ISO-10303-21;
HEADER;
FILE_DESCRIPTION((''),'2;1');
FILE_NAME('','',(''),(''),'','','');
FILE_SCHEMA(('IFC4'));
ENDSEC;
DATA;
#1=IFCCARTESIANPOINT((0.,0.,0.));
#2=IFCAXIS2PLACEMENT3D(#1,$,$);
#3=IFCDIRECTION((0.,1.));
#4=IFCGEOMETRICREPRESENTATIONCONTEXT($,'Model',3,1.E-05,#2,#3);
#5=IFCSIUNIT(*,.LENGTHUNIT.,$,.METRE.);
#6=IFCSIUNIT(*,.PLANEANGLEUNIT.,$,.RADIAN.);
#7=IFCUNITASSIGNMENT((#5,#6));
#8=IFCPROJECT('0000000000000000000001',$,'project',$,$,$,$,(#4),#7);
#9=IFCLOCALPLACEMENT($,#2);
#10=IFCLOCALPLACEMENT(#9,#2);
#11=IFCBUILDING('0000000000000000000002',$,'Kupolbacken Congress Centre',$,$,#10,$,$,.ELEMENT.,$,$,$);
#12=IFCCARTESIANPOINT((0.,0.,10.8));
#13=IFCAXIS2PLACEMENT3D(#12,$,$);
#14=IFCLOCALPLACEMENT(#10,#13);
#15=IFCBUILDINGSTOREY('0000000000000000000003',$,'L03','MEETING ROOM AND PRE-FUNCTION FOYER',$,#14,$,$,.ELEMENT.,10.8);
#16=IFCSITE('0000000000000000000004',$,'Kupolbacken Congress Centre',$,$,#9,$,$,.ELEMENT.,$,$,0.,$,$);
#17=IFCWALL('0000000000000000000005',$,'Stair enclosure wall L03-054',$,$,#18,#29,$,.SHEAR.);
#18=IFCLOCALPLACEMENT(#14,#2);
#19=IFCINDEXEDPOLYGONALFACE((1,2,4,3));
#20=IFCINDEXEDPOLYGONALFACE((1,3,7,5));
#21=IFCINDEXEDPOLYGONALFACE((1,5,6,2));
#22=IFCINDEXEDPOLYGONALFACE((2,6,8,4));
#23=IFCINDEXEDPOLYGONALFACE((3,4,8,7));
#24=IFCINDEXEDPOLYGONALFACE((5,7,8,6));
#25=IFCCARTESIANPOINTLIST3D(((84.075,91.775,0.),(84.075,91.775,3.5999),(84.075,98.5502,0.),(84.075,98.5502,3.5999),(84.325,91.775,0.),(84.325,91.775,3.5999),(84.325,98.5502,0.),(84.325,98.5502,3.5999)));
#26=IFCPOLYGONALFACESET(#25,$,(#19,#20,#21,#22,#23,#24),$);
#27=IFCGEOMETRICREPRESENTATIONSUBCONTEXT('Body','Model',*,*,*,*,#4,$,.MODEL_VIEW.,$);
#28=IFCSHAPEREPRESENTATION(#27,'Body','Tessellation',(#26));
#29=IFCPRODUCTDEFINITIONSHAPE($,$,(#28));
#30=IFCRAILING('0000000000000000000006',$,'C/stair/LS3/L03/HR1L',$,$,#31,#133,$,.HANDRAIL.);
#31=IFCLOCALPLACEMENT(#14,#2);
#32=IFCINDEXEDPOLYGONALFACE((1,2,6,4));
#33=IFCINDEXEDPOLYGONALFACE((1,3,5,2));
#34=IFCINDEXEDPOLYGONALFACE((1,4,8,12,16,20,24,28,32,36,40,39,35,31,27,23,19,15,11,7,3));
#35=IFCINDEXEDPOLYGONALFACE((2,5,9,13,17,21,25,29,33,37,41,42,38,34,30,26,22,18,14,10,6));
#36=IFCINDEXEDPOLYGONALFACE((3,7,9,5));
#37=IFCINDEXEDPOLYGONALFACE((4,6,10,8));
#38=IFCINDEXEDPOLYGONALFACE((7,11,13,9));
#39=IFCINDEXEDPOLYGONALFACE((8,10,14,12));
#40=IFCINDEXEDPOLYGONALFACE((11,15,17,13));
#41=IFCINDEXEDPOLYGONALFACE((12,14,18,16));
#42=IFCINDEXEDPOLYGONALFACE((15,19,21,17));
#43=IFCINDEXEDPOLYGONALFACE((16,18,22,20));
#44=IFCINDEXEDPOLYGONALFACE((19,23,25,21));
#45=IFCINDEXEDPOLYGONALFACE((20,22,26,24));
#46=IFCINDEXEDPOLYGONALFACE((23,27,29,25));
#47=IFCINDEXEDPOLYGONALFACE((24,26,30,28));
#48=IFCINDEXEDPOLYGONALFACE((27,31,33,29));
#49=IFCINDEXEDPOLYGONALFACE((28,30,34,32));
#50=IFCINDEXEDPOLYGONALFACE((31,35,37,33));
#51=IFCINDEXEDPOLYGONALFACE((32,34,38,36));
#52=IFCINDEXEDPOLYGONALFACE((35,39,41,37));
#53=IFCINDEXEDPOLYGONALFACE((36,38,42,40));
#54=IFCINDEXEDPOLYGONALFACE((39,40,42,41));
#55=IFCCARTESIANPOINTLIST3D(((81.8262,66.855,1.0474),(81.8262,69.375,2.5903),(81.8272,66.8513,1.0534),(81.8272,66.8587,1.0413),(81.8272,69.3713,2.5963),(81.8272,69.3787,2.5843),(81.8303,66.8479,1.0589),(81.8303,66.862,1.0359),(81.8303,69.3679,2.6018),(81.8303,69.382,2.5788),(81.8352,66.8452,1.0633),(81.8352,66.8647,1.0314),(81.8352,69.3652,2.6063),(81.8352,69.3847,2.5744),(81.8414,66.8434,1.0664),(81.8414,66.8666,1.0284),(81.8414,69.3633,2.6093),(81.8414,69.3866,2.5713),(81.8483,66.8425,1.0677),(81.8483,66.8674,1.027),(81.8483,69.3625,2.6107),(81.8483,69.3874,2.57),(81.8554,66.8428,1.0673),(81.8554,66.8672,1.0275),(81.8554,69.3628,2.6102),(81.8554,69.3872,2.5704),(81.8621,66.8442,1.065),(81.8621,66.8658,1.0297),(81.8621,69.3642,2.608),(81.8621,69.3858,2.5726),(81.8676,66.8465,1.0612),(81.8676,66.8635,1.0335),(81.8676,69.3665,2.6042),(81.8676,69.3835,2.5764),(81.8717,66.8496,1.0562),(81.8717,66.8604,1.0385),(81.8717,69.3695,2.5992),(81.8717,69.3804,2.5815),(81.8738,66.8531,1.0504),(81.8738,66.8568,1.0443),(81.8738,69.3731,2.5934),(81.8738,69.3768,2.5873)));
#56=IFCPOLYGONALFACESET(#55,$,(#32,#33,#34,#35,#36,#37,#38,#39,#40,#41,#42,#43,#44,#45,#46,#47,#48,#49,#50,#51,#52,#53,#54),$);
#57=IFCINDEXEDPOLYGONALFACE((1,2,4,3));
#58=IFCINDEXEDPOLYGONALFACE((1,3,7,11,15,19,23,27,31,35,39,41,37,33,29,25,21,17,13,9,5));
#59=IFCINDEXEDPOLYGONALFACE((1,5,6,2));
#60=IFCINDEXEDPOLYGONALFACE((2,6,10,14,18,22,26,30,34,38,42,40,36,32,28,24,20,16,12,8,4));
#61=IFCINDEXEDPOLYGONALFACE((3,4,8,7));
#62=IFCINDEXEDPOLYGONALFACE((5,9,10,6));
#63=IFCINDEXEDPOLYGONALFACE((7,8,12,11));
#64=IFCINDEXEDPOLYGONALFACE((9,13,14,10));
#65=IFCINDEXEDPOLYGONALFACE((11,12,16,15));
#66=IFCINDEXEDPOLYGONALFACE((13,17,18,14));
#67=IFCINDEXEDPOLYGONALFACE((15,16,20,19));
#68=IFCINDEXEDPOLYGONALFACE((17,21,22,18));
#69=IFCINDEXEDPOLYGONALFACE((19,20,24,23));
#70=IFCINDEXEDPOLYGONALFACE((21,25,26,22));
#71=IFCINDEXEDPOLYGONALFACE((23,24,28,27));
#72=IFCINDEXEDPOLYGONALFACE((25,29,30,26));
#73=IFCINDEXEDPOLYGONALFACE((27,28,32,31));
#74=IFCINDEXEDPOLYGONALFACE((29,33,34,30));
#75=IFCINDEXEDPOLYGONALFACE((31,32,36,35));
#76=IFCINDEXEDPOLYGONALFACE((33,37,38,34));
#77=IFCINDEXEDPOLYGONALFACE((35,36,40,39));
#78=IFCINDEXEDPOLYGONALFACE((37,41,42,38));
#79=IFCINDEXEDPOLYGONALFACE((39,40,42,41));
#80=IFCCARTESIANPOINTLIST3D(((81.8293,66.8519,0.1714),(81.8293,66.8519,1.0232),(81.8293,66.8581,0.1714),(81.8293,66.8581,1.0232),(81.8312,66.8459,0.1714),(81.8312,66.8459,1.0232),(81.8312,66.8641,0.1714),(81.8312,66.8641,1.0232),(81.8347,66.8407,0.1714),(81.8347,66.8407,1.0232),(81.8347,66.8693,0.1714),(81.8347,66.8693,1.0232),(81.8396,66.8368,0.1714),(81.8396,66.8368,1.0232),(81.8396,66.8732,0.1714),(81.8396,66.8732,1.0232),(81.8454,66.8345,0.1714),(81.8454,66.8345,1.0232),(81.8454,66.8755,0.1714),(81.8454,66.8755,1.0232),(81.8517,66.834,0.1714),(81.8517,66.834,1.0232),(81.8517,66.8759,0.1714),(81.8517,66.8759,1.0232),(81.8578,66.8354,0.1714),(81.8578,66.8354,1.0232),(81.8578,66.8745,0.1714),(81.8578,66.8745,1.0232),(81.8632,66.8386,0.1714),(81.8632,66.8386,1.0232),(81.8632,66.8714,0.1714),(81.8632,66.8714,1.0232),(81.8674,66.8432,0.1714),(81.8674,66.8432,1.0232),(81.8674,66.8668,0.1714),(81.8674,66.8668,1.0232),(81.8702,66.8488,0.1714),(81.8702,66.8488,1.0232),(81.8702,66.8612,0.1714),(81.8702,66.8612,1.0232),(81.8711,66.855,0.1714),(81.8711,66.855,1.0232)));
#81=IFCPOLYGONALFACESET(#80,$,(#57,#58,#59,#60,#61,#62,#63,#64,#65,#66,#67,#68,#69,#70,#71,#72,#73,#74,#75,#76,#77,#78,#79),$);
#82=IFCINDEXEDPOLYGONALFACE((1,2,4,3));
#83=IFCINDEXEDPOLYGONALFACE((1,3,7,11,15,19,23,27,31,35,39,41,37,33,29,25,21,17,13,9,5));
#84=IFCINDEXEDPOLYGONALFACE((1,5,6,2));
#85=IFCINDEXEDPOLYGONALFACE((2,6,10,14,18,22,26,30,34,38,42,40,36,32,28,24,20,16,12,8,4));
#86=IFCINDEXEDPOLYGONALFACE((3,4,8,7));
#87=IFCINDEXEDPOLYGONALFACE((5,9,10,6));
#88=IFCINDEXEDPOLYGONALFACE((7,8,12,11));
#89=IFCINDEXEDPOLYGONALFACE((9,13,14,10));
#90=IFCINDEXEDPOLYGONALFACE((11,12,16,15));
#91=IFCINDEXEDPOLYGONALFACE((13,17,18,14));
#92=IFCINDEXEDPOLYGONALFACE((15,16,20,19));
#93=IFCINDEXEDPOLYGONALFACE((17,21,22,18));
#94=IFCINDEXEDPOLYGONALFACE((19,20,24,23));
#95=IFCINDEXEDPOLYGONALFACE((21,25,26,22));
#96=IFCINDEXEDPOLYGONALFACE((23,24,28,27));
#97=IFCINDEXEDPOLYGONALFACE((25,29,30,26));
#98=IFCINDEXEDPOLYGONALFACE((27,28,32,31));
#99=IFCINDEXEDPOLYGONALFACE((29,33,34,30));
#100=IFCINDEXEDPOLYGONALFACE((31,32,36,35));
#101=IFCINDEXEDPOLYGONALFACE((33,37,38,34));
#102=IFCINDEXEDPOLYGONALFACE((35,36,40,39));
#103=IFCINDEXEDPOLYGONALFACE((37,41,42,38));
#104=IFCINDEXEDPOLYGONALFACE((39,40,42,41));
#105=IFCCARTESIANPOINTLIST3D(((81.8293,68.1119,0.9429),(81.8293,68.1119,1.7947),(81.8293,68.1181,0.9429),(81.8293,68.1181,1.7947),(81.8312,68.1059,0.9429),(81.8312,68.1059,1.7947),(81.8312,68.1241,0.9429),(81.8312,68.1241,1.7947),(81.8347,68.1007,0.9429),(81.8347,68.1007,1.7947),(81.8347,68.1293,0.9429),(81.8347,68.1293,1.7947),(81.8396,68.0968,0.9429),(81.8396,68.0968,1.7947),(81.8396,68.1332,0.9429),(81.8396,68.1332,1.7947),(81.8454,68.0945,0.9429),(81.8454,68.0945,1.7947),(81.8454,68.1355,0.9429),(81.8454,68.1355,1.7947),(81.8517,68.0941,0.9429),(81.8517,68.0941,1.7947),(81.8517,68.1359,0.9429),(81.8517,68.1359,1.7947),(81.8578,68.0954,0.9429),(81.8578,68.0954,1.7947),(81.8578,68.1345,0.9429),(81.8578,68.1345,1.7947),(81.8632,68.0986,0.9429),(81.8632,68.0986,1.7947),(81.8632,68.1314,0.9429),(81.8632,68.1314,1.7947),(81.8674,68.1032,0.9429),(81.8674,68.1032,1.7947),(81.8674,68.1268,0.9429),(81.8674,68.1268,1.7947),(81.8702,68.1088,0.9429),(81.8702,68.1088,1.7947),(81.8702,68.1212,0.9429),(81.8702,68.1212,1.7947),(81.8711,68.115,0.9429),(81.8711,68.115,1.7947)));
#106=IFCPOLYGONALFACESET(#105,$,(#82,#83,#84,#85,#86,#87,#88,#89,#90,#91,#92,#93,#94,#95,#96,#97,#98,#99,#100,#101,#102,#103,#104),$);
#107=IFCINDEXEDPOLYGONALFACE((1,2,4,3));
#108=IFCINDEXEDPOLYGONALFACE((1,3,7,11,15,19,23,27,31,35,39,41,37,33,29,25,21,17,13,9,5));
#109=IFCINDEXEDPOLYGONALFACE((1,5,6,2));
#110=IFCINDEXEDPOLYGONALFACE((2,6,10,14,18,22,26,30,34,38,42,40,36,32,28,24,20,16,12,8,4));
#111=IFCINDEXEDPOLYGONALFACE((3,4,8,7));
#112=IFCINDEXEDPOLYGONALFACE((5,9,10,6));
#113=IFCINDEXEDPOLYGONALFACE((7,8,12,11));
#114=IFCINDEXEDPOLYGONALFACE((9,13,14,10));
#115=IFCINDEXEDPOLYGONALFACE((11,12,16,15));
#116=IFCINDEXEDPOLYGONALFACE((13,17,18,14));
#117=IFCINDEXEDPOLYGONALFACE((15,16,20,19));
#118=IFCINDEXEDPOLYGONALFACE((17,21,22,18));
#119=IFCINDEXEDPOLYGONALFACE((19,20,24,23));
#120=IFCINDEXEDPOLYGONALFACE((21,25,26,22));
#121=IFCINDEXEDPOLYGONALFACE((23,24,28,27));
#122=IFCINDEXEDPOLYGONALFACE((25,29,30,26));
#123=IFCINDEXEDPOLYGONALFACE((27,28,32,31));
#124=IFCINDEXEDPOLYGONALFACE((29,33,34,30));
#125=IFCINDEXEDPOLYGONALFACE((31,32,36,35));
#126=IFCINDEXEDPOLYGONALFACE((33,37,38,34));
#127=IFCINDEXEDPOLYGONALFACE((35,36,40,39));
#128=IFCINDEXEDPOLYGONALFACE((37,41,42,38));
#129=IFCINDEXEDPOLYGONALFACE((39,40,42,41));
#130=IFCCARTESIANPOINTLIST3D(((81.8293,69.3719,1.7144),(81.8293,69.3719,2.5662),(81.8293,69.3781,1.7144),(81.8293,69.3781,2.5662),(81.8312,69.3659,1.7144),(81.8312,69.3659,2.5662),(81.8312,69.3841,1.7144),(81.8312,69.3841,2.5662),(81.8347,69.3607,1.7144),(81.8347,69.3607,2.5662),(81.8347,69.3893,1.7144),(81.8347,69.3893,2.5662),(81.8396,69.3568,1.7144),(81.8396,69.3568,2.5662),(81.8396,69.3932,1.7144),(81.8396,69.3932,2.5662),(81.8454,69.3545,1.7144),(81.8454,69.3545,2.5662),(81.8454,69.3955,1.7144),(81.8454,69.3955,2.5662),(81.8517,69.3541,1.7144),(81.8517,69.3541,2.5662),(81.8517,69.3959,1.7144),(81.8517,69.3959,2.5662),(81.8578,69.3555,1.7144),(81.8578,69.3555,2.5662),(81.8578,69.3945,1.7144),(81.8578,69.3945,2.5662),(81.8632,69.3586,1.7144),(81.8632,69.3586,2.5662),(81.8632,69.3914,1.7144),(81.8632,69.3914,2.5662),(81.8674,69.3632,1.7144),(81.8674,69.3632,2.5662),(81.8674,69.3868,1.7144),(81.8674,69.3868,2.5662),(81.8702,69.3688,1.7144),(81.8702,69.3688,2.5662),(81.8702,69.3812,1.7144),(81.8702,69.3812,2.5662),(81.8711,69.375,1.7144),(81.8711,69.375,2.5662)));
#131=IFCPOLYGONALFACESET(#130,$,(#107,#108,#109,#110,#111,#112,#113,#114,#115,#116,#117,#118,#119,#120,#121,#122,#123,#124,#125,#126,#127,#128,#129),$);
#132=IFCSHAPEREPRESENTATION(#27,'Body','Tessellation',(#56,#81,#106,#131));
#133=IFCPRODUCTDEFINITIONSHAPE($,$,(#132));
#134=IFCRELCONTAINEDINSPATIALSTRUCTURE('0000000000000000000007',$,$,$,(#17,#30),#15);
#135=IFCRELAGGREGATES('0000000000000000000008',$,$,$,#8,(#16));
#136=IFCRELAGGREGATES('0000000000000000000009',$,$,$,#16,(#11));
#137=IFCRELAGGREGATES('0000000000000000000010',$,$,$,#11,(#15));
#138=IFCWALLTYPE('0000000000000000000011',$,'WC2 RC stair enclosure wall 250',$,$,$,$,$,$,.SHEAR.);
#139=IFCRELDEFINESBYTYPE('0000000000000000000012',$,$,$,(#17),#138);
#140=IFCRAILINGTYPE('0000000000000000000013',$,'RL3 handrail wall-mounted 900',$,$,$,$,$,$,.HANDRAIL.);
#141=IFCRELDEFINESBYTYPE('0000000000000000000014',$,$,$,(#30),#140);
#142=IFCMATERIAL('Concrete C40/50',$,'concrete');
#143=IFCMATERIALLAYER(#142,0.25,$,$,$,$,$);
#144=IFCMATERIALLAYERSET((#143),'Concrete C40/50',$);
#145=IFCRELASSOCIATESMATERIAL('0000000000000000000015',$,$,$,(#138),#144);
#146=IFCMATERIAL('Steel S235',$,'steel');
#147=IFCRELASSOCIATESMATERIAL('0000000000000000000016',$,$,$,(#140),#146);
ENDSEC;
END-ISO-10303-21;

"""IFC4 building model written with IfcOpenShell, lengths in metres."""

from ifc_helpers import new_model, si_unit, direction, frame, frame_2d, origin, origin_2d, place, context, subcontext, project, spatial, rectangle, circle, extrude, material, layer, layer_set, type_object, element, save


model = new_model("IFC4")

# Units and contexts
model_context = context("Model", 3, precision=1e-05, world=origin(), true_north=direction((0.0, 1.0)))
body_context = subcontext(model_context, "Body", "Model", "MODEL_VIEW")
ifc_project = project(units=[si_unit("LENGTHUNIT", "METRE"), si_unit("PLANEANGLEUNIT", "RADIAN")], contexts=[model_context])

# Site, building, storey
site_placement = place(None, origin())
site = spatial("IfcSite", under=ifc_project, at=site_placement, Name="Kupolbacken Congress Centre", CompositionType="ELEMENT", RefElevation=0.0)
building_placement = place(site_placement, origin())
building = spatial("IfcBuilding", under=site, at=building_placement, Name="Kupolbacken Congress Centre", CompositionType="ELEMENT")
storey_placement = place(building_placement, frame((0.0, 0.0, 10.8)))
storey = spatial("IfcBuildingStorey", under=building, at=storey_placement, Name="L03", Description="MEETING ROOM AND PRE-FUNCTION FOYER", CompositionType="ELEMENT", Elevation=10.8)

# Wall
ifc_material_1 = material(Name="Concrete C40/50", Category="concrete")
ifc_layer_1 = layer(ifc_material_1, 0.25)
ifc_layer_set_1 = layer_set([ifc_layer_1], Name="Concrete C40/50")
wall_type_1 = type_object("IfcWallType", Name="WC2 RC stair enclosure wall 250", PredefinedType="SHEAR", material=ifc_layer_set_1)
wall_1_placement = place(storey_placement, frame((84.2, 91.7749, 0.0), z_axis=(0.0, 0.0, 1.0), x_axis=(0.0, 1.0, 0.0)))
element("IfcWall", 1, at=wall_1_placement, inside=storey, type_object=wall_type_1, Name="Stair enclosure wall L03-054", PredefinedType="SHEAR", context=body_context, shape_type="SweptSolid", body=[
    extrude(rectangle(XDim=6.7751, YDim=0.25, at=frame_2d((3.3877, 0.0))), origin(), (0.0, 0.0, 1.0), 3.5999),
])

# Railing
ifc_material_2 = material(Name="Steel S235", Category="steel")
railing_type = type_object("IfcRailingType", Name="RL3 handrail wall-mounted 900", PredefinedType="HANDRAIL", material=ifc_material_2)
for number, where, name in (
    (2, (81.8501, 66.855, 0.1714), "C/stair/LS3/L03/HR1L"),
):
    element("IfcRailing", number, at=place(storey_placement, frame(where)), inside=storey, type_object=railing_type, Name=name, PredefinedType="HANDRAIL", context=body_context, shape_type="SweptSolid", body=[
        extrude(circle(Radius=0.0239, at=origin_2d()), frame((0.0, 0.0, 0.876), z_axis=(0.0, 0.852836, 0.522178), x_axis=(-1.0, 0.0, 0.0)), (0.0, 0.0, 1.0), 2.9548),
        extrude(circle(Radius=0.021, at=origin_2d()), origin(), (0.0, 0.0, 1.0), 0.8518),
        extrude(circle(Radius=0.021, at=origin_2d()), frame((0.0, 1.26, 0.7715)), (0.0, 0.0, 1.0), 0.8518),
        extrude(circle(Radius=0.021, at=origin_2d()), frame((0.0, 2.52, 1.543)), (0.0, 0.0, 1.0), 0.8518),
    ])

save(model, "model.ifc")
